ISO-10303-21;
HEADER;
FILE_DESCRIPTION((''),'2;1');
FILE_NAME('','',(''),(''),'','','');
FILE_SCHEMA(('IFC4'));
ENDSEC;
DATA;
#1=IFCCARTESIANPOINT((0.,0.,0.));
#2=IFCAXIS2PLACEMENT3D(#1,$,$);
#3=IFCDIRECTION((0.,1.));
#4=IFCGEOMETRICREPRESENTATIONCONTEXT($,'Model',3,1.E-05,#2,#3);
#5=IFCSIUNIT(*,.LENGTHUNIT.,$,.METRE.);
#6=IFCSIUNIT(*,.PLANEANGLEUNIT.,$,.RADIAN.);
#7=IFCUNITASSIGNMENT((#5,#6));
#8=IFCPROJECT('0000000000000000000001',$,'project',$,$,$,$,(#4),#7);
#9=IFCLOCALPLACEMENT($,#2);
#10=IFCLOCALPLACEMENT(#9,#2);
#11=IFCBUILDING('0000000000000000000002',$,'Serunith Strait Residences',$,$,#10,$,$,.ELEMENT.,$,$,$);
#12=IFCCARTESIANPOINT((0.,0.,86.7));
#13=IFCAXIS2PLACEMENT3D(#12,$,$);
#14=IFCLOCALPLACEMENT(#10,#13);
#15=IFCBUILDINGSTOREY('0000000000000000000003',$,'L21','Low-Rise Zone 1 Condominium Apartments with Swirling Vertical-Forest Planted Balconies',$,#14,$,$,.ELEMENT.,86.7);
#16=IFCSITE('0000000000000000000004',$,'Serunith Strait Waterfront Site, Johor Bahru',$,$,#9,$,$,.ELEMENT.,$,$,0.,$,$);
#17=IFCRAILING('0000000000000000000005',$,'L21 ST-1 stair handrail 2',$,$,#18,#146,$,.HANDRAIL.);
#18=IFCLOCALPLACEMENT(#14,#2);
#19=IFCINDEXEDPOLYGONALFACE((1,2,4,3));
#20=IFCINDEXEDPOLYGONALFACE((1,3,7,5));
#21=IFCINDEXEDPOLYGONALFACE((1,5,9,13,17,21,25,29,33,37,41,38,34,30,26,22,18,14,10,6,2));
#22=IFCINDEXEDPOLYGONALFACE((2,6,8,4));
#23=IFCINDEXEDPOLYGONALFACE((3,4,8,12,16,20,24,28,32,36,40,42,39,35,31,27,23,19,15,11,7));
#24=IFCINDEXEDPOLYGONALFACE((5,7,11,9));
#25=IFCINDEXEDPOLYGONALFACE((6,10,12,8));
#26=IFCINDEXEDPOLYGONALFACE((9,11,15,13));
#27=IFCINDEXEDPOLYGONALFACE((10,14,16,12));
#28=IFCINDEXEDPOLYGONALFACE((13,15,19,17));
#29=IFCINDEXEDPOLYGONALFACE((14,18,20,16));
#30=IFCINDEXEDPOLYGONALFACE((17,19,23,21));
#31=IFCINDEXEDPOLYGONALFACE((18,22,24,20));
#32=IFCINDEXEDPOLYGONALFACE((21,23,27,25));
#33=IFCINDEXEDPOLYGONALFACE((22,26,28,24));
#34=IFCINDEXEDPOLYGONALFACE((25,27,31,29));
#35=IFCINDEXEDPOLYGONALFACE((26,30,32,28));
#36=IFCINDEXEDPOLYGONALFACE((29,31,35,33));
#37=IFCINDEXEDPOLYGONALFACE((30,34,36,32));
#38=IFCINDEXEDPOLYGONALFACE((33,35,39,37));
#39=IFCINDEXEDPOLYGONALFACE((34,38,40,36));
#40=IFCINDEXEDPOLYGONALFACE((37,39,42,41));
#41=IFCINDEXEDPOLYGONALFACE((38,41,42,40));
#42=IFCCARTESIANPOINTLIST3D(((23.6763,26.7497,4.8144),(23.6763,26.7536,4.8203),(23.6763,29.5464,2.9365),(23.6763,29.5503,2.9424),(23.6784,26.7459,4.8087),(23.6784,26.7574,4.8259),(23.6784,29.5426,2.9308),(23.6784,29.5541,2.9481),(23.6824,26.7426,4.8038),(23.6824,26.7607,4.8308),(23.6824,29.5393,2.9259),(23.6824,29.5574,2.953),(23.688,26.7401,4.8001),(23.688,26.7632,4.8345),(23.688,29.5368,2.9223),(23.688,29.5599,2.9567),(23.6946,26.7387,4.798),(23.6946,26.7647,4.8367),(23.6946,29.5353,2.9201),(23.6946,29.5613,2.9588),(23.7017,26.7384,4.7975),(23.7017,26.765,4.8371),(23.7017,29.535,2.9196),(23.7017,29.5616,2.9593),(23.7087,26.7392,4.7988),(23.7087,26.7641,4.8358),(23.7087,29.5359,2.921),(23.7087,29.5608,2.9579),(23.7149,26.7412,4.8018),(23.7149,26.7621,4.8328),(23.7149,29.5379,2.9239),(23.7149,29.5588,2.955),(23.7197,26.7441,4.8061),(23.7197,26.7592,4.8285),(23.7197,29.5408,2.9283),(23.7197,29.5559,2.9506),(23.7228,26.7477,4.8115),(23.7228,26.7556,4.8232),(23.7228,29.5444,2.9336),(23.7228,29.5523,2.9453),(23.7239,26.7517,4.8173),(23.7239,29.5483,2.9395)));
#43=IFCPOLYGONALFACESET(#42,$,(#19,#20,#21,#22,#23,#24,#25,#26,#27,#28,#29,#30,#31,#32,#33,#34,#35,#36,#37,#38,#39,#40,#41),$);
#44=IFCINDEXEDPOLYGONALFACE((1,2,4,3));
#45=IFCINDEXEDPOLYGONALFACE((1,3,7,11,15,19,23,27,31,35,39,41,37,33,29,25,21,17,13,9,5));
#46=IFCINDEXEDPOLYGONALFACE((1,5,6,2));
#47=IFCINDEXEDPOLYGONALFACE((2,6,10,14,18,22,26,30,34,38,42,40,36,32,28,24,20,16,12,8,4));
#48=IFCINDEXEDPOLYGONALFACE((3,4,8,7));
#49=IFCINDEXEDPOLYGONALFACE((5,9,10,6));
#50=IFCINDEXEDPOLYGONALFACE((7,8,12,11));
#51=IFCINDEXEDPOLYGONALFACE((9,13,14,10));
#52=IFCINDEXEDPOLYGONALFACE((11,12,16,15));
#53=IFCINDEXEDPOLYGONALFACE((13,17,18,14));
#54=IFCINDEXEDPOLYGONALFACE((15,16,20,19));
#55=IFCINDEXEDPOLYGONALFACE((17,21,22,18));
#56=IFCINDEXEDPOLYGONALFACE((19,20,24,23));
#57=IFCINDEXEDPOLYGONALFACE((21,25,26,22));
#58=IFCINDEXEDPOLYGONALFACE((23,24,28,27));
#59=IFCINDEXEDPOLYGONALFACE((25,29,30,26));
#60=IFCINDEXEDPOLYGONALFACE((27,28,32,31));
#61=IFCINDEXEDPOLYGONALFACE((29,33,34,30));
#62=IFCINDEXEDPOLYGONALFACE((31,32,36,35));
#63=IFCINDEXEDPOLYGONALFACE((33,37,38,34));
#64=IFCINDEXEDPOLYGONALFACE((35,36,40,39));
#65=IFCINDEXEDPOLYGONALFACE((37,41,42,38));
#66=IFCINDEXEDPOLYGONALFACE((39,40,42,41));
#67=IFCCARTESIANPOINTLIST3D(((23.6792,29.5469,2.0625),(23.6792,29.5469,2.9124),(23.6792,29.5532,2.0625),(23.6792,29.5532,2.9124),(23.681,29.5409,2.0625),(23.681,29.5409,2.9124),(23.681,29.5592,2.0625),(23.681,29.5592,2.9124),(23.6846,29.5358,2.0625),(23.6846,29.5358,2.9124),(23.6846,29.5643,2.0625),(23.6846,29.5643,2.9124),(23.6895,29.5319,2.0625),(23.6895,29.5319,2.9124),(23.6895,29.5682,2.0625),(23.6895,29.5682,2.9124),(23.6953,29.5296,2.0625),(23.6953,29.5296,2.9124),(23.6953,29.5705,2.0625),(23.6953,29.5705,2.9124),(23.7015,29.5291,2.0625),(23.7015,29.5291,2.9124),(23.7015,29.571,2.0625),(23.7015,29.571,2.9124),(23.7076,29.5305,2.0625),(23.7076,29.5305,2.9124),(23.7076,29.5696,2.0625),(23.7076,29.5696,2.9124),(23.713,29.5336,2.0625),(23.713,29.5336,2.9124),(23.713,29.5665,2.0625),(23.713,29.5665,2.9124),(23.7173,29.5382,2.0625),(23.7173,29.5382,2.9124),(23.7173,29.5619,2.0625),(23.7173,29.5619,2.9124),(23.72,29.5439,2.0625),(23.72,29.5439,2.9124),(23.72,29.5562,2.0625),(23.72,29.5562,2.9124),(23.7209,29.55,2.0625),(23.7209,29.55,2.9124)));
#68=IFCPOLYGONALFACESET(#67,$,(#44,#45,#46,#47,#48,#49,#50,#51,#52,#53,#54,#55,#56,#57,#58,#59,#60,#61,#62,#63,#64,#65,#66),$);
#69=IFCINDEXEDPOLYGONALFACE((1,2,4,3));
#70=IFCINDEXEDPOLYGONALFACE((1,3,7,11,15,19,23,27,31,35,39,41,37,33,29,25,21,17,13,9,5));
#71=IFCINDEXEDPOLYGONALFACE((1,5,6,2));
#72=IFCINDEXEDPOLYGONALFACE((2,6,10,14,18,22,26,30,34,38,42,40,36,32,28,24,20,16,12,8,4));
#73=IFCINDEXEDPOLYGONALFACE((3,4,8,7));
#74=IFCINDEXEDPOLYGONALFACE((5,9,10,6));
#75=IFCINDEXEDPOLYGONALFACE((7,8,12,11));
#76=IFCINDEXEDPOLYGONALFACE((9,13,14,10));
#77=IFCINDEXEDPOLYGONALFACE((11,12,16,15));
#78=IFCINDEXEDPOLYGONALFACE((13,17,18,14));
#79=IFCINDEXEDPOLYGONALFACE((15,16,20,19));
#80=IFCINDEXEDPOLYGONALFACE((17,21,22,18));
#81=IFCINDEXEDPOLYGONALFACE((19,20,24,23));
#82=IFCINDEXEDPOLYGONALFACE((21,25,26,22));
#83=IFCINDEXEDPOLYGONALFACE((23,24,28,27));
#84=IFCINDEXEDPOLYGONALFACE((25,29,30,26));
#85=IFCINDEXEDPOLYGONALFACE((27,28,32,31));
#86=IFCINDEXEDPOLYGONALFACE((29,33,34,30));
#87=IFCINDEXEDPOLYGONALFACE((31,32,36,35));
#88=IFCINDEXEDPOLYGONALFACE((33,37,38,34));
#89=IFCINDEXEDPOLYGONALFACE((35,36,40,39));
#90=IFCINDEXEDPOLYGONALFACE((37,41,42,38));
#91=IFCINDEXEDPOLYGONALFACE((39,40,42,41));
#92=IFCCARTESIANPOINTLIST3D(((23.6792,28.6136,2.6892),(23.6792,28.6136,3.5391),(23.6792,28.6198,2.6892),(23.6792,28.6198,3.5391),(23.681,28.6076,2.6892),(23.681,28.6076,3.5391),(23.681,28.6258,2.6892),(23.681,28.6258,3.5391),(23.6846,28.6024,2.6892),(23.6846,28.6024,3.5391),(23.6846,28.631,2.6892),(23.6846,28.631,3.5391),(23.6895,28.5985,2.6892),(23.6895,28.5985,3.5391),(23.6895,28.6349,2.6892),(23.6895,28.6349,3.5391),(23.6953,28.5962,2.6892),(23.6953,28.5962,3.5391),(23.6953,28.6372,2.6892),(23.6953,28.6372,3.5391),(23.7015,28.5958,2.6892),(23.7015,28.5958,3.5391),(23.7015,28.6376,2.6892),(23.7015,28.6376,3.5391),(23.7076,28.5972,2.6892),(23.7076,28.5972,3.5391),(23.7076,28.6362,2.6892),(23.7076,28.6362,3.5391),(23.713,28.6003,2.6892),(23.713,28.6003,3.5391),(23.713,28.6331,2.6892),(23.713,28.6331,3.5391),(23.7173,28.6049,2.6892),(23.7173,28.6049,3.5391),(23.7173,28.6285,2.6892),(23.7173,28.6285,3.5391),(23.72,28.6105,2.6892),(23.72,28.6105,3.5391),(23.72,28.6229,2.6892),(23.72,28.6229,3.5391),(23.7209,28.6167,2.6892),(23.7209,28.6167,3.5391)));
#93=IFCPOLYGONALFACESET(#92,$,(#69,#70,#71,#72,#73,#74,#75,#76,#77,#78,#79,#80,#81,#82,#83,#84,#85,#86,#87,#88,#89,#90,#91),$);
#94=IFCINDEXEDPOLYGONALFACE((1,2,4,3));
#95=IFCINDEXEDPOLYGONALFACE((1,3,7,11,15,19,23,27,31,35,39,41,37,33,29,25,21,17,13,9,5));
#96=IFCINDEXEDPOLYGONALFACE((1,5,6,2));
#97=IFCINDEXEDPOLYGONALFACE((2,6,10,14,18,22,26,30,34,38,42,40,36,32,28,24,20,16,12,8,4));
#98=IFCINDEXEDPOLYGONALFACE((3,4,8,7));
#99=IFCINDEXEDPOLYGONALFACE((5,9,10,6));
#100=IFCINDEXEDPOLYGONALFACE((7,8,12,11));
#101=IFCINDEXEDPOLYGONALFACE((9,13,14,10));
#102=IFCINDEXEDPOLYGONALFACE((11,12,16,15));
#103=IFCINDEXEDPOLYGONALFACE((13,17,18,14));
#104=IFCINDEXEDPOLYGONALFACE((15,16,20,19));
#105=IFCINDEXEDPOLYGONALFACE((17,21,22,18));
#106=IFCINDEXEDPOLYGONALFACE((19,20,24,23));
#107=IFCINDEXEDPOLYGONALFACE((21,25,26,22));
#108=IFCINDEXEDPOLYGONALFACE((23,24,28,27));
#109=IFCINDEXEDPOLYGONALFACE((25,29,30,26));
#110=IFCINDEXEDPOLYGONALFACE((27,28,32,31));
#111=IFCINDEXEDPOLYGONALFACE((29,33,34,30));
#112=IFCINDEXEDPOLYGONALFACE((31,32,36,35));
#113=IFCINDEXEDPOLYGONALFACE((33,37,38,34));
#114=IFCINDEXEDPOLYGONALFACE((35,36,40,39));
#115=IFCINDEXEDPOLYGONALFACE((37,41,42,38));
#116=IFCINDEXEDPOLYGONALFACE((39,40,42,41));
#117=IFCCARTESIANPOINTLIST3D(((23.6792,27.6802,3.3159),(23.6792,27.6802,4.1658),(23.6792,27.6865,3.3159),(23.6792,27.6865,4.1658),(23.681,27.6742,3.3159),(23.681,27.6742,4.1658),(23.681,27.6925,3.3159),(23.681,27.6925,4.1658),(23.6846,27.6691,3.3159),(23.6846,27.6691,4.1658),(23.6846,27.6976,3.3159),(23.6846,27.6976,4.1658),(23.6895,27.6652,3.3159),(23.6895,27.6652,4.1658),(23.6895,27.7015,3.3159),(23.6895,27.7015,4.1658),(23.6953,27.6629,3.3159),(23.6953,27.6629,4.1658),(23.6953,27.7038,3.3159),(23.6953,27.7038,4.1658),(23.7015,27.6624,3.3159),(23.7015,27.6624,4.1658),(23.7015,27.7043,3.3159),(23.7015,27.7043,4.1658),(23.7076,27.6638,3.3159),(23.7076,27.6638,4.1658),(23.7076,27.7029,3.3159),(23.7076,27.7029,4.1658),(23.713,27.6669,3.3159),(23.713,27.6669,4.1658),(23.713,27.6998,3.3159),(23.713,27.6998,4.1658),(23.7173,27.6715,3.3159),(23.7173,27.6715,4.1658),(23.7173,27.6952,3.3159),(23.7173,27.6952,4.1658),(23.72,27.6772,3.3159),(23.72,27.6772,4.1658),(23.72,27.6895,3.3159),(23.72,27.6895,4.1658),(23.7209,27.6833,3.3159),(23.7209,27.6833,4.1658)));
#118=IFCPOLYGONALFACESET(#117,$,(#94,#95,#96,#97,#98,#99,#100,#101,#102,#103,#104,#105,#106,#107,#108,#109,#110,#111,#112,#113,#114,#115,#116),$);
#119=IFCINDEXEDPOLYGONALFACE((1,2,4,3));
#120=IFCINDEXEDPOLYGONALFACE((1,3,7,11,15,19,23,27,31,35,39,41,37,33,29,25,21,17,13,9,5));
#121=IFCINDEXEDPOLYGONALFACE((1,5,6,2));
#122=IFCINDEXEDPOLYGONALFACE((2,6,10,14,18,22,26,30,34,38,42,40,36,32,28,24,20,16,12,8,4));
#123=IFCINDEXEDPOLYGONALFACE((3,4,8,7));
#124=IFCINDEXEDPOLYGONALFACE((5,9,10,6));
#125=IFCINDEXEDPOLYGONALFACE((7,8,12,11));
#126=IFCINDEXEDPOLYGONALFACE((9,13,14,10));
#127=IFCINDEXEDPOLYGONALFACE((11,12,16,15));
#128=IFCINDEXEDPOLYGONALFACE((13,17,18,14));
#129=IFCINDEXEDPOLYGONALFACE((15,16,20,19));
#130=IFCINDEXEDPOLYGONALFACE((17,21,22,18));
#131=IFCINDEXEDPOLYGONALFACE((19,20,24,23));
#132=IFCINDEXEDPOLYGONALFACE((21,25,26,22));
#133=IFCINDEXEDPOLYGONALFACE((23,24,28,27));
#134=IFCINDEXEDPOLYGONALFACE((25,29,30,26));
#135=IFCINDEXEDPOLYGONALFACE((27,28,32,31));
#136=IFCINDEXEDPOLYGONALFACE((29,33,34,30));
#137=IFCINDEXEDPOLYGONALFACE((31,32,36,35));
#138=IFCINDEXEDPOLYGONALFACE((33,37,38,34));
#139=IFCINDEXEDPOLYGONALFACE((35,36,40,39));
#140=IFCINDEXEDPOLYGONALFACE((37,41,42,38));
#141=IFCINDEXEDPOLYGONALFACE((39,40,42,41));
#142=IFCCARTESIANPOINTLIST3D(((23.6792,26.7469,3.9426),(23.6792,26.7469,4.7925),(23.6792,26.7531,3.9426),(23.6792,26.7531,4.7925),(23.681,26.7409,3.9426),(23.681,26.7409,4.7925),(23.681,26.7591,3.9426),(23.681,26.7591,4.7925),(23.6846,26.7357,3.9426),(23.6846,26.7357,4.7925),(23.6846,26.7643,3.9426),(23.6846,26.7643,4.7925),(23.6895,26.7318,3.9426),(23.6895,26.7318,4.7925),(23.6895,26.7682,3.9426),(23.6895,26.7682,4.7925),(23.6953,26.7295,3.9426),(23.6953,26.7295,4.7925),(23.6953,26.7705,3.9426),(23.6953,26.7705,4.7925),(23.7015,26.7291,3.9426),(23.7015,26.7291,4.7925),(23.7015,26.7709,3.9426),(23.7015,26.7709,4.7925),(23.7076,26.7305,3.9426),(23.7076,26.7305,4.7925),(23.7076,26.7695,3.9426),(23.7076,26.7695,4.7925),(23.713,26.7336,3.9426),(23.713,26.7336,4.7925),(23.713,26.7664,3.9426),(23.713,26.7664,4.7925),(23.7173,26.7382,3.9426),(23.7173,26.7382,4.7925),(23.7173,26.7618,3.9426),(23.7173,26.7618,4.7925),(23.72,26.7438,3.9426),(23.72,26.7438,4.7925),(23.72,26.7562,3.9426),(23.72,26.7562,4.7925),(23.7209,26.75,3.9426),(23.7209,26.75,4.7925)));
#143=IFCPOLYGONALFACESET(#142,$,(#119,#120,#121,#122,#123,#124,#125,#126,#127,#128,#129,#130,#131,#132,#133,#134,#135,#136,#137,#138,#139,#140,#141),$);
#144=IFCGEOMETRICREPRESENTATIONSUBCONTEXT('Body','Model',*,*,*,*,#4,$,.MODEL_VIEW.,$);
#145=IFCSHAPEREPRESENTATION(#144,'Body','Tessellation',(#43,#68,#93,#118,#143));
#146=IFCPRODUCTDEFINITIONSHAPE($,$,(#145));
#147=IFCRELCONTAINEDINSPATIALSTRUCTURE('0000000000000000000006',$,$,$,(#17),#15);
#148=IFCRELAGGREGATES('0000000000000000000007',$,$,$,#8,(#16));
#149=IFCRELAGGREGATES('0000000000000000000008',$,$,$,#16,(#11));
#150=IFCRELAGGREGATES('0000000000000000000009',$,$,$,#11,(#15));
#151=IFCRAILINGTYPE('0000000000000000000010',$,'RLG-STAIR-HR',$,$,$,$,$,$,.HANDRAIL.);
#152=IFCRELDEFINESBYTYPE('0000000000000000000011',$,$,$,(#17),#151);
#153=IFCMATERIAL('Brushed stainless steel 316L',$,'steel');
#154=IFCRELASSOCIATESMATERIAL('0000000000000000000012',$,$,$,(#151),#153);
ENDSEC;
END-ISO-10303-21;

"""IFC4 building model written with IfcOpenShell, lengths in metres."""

from ifc_helpers import new_model, si_unit, direction, frame, origin, origin_2d, place, context, subcontext, project, spatial, circle, extrude, material, type_object, element, save


model = new_model("IFC4")

# Units and contexts
model_context = context("Model", 3, precision=1e-05, world=origin(), true_north=direction((0.0, 1.0)))
body_context = subcontext(model_context, "Body", "Model", "MODEL_VIEW")
ifc_project = project(units=[si_unit("LENGTHUNIT", "METRE"), si_unit("PLANEANGLEUNIT", "RADIAN")], contexts=[model_context])

# Site, building, storey
site_placement = place(None, origin())
site = spatial("IfcSite", under=ifc_project, at=site_placement, Name="Serunith Strait Waterfront Site, Johor Bahru", CompositionType="ELEMENT", RefElevation=0.0)
building_placement = place(site_placement, origin())
building = spatial("IfcBuilding", under=site, at=building_placement, Name="Serunith Strait Residences", CompositionType="ELEMENT")
storey_placement = place(building_placement, frame((0.0, 0.0, 86.7)))
storey = spatial("IfcBuildingStorey", under=building, at=storey_placement, Name="L21", Description="Low-Rise Zone 1 Condominium Apartments with Swirling Vertical-Forest Planted Balconies", CompositionType="ELEMENT", Elevation=86.7)

# Railing
ifc_material_1 = material(Name="Brushed stainless steel 316L", Category="steel")
railing_type_1 = type_object("IfcRailingType", Name="RLG-STAIR-HR", PredefinedType="HANDRAIL", material=ifc_material_1)
railing_1_placement = place(storey_placement, frame((23.7, 29.55, 2.0625)))
element("IfcRailing", 1, at=railing_1_placement, inside=storey, type_object=railing_type_1, Name="L21 ST-1 stair handrail 2", PredefinedType="HANDRAIL", context=body_context, shape_type="SweptSolid", body=[
    extrude(circle(Radius=0.0239, at=origin_2d()), frame((0.0, -0.0017, 0.877), z_axis=(0.0, -0.830208, 0.557453), x_axis=(1.0, 0.0, 0.0)), (0.0, 0.0, 1.0), 3.3687),
    extrude(circle(Radius=0.021, at=origin_2d()), origin(), (0.0, 0.0, 1.0), 0.8499),
    extrude(circle(Radius=0.021, at=origin_2d()), frame((0.0, -0.9333, 0.6267)), (0.0, 0.0, 1.0), 0.8499),
    extrude(circle(Radius=0.021, at=origin_2d()), frame((0.0, -1.8667, 1.2534)), (0.0, 0.0, 1.0), 0.8499),
    extrude(circle(Radius=0.021, at=origin_2d()), frame((0.0, -2.8, 1.8801)), (0.0, 0.0, 1.0), 0.8499),
])

save(model, "model.ifc")
